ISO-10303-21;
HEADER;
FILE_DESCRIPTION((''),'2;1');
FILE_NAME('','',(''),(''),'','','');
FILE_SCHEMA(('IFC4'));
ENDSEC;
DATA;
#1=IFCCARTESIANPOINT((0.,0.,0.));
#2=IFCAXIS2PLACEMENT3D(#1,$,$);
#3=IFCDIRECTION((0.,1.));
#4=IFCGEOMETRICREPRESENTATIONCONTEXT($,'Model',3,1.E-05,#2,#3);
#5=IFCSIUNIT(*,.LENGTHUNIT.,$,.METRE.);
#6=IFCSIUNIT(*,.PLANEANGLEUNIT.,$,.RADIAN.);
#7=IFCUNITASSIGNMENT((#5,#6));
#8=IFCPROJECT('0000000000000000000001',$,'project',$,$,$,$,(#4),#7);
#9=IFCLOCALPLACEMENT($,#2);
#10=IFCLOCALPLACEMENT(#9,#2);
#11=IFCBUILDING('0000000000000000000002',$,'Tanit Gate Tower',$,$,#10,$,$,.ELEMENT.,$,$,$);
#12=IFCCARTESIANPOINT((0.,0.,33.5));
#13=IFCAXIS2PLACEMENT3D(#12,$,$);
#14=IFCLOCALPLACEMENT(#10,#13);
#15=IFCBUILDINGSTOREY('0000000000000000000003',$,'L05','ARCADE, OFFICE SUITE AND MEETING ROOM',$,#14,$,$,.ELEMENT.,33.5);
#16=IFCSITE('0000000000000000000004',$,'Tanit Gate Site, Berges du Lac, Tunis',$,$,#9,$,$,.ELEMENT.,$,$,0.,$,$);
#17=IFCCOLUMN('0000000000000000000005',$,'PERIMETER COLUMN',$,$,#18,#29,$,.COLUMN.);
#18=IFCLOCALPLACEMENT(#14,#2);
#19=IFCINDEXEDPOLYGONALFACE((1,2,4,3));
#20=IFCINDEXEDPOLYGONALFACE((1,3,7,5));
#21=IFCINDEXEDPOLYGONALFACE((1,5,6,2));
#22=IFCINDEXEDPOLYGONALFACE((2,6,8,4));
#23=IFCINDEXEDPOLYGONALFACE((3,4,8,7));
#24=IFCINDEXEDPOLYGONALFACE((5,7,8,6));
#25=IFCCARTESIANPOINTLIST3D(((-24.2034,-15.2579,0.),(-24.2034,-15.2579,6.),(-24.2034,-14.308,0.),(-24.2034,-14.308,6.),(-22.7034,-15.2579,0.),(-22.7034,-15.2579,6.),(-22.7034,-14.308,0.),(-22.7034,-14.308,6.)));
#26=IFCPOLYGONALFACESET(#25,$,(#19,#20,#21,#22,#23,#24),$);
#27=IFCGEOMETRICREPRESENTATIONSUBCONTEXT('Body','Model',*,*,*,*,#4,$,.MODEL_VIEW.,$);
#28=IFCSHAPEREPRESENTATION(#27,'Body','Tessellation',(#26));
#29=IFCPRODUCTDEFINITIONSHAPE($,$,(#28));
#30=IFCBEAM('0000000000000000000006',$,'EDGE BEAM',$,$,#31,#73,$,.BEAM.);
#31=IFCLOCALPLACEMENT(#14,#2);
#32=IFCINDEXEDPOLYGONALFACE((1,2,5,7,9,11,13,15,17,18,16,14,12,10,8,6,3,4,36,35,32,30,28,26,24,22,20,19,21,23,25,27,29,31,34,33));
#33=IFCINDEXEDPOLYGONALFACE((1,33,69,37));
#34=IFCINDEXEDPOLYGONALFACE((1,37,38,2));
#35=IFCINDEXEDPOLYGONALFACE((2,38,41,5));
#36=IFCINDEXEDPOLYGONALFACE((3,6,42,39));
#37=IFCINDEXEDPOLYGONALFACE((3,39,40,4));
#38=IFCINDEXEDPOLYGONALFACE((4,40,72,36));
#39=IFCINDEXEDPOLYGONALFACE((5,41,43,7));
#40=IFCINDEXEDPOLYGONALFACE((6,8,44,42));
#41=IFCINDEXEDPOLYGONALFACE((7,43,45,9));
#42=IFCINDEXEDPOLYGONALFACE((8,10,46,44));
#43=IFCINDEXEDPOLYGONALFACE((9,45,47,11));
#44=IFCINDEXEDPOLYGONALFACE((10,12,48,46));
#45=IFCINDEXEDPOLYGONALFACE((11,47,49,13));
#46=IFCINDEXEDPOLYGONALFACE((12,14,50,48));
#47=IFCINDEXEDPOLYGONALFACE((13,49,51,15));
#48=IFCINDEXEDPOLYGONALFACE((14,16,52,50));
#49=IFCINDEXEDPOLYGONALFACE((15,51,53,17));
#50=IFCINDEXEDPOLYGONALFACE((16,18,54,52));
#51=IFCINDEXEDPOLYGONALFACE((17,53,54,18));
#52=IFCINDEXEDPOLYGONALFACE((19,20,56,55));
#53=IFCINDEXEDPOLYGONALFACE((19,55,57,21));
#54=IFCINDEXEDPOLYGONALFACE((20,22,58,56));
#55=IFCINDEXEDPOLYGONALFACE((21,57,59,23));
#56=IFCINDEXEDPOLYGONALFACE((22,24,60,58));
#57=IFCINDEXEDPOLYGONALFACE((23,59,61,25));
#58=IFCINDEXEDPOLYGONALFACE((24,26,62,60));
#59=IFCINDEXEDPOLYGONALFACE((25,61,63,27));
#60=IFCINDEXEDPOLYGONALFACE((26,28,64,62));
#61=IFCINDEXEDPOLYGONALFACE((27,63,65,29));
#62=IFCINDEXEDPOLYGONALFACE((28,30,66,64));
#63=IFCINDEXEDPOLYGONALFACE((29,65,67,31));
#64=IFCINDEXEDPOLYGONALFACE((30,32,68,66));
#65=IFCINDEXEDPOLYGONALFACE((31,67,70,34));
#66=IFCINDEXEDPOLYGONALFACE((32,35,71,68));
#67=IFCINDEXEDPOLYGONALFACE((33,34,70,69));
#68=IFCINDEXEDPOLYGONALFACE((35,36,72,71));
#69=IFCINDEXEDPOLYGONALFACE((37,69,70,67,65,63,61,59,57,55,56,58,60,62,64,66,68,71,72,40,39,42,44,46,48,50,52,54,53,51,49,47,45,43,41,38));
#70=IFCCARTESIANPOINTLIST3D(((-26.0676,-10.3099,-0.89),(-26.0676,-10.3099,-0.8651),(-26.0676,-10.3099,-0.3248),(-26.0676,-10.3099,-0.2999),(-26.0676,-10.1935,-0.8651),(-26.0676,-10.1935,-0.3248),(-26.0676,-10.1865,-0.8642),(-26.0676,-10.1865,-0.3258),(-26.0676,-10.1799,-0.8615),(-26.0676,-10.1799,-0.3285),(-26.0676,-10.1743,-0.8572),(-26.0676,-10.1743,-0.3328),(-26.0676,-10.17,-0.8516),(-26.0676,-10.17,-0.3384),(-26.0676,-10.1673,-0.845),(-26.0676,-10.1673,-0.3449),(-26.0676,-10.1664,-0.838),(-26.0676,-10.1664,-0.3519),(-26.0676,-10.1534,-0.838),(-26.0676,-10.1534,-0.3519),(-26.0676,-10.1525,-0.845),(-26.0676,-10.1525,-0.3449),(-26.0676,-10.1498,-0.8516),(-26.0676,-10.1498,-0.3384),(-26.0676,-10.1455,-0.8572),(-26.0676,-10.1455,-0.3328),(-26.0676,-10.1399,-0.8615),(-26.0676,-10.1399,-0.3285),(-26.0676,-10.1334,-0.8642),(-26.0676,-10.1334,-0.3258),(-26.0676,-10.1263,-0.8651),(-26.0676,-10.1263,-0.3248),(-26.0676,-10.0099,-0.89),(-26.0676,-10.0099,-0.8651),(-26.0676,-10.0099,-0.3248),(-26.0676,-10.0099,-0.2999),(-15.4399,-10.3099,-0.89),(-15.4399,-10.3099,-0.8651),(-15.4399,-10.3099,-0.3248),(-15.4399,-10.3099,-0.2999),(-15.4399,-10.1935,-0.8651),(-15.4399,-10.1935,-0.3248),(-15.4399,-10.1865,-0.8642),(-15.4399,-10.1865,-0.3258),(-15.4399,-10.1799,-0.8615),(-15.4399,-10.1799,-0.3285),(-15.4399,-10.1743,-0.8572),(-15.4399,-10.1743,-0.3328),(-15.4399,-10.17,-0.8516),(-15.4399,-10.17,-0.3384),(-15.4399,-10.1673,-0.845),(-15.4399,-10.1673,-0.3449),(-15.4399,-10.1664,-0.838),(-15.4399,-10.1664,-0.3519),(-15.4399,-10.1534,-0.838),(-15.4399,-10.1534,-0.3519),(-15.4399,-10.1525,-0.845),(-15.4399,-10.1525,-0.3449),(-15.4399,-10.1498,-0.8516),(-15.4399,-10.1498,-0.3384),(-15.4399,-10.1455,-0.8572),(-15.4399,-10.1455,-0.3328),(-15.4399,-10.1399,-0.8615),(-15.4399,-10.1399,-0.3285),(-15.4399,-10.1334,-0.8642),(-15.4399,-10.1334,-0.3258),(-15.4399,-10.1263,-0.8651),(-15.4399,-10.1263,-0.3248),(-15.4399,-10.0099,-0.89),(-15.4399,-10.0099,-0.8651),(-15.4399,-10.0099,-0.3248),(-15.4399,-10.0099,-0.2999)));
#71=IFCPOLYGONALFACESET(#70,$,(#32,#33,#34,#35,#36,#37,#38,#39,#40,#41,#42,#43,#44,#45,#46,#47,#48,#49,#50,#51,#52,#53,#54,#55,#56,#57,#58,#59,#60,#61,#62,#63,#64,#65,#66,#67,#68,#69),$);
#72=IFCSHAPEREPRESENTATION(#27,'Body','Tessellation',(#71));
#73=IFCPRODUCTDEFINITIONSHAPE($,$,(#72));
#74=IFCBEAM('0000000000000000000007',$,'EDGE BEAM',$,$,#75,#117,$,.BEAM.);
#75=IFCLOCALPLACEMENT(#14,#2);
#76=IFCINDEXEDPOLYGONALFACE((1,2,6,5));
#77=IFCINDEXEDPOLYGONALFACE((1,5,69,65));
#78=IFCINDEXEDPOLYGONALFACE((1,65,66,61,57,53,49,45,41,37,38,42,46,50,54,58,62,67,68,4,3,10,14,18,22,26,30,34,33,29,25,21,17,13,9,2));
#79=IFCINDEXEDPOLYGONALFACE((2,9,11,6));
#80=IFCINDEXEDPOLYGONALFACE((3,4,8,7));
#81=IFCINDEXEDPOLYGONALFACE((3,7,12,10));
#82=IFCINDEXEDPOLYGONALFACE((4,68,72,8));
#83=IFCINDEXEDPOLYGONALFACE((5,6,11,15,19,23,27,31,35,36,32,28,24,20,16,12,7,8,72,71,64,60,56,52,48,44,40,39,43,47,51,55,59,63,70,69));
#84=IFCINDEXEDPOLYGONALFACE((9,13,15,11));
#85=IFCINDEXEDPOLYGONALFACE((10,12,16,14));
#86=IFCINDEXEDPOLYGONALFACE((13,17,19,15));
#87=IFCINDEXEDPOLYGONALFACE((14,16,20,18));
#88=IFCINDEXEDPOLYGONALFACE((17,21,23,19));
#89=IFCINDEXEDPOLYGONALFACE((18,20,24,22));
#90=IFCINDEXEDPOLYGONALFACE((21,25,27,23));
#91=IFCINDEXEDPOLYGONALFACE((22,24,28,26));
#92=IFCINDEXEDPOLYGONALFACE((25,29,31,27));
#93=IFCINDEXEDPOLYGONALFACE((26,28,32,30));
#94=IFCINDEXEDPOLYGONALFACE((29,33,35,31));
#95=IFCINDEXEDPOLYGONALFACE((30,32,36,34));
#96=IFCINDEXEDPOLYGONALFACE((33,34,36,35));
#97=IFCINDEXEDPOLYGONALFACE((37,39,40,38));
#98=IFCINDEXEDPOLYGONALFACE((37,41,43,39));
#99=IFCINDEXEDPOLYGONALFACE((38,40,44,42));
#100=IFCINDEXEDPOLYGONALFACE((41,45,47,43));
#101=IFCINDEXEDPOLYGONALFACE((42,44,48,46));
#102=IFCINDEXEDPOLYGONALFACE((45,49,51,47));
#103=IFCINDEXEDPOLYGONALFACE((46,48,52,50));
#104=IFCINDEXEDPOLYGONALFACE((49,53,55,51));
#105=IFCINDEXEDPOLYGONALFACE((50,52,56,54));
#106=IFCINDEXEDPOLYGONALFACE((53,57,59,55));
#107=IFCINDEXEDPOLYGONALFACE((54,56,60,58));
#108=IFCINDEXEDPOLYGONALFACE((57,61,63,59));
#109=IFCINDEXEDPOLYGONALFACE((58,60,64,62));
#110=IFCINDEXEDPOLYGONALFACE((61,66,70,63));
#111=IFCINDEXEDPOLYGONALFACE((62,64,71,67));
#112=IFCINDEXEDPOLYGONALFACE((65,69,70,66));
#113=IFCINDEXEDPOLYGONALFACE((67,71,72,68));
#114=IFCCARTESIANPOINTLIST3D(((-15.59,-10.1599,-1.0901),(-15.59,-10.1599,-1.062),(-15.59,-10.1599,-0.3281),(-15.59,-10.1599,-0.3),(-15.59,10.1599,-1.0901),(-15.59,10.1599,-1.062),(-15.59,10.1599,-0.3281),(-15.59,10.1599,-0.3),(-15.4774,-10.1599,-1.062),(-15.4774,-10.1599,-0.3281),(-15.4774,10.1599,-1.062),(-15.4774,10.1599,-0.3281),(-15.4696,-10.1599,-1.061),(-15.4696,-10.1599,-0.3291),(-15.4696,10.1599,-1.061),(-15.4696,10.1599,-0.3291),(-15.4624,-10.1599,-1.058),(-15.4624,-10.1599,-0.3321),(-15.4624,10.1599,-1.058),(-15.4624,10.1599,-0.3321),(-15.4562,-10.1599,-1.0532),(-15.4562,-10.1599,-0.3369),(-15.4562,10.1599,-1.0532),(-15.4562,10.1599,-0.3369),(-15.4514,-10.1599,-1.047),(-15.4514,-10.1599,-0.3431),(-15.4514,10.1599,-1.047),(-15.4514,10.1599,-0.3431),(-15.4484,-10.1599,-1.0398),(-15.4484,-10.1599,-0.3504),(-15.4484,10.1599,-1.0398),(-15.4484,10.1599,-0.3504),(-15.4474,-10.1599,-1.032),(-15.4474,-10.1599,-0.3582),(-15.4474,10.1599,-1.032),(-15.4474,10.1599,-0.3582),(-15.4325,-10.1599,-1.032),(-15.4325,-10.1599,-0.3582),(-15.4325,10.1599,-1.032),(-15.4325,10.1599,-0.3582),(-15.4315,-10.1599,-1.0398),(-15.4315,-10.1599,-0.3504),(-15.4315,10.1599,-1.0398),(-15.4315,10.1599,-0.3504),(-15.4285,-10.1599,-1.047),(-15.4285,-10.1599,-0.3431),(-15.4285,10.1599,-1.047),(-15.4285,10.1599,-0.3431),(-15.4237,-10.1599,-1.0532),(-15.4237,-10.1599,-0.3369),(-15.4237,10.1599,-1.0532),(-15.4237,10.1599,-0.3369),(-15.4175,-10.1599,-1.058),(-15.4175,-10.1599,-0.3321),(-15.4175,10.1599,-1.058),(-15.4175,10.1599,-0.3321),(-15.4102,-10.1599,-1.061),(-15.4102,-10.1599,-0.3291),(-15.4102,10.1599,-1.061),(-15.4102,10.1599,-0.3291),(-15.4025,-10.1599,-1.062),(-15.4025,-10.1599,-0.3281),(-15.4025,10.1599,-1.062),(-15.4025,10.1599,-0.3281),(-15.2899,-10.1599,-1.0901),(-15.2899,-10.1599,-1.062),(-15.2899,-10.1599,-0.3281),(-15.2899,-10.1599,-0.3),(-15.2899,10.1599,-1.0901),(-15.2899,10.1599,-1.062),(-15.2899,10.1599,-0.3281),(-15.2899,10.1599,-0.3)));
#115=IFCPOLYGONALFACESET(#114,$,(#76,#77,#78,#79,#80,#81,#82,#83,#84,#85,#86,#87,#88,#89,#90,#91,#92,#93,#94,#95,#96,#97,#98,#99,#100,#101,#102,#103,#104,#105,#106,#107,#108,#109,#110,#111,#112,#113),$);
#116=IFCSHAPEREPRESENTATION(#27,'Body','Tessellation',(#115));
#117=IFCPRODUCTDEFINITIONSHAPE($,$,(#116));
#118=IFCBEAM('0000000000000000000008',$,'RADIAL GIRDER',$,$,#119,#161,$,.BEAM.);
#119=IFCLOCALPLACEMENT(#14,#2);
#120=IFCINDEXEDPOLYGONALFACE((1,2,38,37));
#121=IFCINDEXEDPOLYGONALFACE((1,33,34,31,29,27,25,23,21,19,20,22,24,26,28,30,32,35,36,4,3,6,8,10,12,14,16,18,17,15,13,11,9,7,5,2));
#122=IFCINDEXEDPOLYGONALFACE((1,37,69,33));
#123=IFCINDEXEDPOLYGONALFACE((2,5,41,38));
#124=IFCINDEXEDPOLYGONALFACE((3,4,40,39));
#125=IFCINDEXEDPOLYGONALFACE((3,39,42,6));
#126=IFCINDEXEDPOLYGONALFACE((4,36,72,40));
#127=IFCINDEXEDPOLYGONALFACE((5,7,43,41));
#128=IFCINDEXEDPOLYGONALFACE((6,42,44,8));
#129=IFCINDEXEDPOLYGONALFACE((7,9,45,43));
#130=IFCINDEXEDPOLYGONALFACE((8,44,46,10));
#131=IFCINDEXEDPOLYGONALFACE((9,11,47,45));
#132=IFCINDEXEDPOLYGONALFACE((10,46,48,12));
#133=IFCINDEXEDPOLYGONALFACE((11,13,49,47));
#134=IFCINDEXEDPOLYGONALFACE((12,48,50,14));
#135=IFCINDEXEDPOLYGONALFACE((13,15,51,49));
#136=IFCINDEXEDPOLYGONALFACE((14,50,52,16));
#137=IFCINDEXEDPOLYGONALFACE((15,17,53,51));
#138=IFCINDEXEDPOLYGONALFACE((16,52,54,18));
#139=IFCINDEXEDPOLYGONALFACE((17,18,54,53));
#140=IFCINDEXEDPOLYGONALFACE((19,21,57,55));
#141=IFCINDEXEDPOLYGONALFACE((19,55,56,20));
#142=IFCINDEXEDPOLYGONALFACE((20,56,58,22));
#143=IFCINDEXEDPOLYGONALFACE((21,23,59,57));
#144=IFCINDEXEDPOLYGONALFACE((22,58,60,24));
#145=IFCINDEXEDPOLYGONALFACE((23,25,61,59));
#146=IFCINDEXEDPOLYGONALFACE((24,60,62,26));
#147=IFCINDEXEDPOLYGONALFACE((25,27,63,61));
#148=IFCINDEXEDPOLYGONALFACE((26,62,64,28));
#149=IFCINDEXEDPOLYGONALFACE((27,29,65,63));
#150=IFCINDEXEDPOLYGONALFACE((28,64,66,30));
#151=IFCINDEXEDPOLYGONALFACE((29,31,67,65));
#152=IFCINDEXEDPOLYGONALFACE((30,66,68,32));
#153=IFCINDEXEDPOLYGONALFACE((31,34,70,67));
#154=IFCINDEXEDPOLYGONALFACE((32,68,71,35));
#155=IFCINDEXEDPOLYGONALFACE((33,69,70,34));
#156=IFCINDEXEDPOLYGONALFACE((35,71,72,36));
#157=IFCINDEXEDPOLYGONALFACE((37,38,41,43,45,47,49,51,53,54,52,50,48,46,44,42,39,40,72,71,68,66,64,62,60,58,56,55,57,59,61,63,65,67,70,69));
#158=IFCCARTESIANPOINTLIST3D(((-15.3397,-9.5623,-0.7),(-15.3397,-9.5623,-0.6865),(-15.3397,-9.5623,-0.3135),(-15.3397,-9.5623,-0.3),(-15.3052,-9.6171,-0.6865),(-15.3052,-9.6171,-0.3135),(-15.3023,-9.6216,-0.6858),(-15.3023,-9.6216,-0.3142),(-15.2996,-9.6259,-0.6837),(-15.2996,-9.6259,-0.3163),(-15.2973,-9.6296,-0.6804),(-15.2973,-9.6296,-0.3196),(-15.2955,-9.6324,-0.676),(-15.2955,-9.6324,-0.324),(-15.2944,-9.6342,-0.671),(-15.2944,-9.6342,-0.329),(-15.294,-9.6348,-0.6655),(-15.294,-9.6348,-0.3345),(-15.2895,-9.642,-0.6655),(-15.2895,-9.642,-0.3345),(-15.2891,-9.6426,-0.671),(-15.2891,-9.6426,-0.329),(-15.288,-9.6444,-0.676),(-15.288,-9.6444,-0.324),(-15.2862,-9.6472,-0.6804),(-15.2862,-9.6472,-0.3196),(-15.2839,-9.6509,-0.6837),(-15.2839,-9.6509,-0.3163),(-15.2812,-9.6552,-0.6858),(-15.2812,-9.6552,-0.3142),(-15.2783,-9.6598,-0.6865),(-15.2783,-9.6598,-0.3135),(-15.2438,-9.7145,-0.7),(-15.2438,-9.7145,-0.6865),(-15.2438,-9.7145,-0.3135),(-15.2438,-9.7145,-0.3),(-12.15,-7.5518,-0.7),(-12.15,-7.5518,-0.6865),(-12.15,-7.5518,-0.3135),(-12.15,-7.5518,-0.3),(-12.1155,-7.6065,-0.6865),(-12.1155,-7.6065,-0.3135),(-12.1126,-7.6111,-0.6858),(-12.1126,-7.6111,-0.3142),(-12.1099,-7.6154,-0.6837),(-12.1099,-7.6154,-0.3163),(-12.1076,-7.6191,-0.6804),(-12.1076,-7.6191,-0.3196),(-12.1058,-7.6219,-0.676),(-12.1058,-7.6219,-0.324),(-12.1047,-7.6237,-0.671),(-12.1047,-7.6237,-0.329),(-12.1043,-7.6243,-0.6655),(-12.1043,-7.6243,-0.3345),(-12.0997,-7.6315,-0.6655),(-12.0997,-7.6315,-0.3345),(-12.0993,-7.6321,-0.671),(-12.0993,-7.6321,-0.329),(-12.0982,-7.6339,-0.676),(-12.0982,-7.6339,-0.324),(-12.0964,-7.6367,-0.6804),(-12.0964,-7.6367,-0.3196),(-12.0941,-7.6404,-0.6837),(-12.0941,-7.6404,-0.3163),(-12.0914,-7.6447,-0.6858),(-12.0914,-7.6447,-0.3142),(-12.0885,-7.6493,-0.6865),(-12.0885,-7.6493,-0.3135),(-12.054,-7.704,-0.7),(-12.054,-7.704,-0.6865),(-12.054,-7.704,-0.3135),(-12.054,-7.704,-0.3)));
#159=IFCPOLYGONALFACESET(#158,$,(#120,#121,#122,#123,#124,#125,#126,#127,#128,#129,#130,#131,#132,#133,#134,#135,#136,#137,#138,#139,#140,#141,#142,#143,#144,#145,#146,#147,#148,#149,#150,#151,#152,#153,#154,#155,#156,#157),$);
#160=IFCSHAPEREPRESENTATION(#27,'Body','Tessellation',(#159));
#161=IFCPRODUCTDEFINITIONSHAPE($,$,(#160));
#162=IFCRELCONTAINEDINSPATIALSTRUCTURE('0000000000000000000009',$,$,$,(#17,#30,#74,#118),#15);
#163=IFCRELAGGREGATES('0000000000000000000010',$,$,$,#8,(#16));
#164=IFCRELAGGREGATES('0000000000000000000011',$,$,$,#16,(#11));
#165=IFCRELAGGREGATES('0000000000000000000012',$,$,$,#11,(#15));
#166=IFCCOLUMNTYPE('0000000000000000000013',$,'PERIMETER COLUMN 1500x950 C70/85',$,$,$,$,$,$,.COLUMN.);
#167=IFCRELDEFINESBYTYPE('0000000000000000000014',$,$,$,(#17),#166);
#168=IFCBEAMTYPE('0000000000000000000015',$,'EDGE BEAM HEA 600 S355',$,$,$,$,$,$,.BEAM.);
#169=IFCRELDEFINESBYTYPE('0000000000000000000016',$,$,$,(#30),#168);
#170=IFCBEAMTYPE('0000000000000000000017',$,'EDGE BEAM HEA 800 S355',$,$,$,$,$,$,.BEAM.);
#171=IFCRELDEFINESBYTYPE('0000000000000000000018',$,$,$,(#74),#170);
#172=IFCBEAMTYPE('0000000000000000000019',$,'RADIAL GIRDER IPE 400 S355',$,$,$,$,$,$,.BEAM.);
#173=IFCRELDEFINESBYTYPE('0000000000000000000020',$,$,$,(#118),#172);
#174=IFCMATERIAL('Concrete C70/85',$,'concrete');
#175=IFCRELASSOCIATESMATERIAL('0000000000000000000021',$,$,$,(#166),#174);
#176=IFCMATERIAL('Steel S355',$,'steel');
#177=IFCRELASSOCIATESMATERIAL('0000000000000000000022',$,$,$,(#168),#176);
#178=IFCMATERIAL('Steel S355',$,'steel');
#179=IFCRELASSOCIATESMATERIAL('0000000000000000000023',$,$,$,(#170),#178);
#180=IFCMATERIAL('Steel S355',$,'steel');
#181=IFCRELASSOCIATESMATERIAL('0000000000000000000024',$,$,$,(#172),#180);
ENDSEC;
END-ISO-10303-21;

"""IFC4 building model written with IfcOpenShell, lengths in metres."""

from ifc_helpers import new_model, si_unit, direction, frame, origin, origin_2d, place, context, subcontext, project, spatial, rectangle, i_section, extrude, material, material_profile, profile_set, type_object, element, save


model = new_model("IFC4")

# Units and contexts
model_context = context("Model", 3, precision=1e-05, world=origin(), true_north=direction((0.0, 1.0)))
body_context = subcontext(model_context, "Body", "Model", "MODEL_VIEW")
ifc_project = project(units=[si_unit("LENGTHUNIT", "METRE"), si_unit("PLANEANGLEUNIT", "RADIAN")], contexts=[model_context])

# Site, building, storey
site_placement = place(None, origin())
site = spatial("IfcSite", under=ifc_project, at=site_placement, Name="Tanit Gate Site, Berges du Lac, Tunis", CompositionType="ELEMENT", RefElevation=0.0)
building_placement = place(site_placement, origin())
building = spatial("IfcBuilding", under=site, at=building_placement, Name="Tanit Gate Tower", CompositionType="ELEMENT")
storey_placement = place(building_placement, frame((0.0, 0.0, 33.5)))
storey = spatial("IfcBuildingStorey", under=building, at=storey_placement, Name="L05", Description="ARCADE, OFFICE SUITE AND MEETING ROOM", CompositionType="ELEMENT", Elevation=33.5)

# Column
ifc_material_1 = material(Name="Concrete C70/85", Category="concrete")
ifc_material_profile_1 = material_profile(ifc_material_1, rectangle(XDim=1.5, YDim=0.95, at=origin_2d()), Name="RC 1500x950")
ifc_profile_set_1 = profile_set([ifc_material_profile_1], Name="Concrete C70/85")
column_type = type_object("IfcColumnType", Name="PERIMETER COLUMN 1500x950 C70/85", PredefinedType="COLUMN", material=ifc_profile_set_1)
column_placement = place(storey_placement, frame((-23.4534, -14.783, 0.0), z_axis=(0.0, 0.0, 1.0), x_axis=(-1.0, 0.0, 0.0)))
element("IfcColumn", 1, at=column_placement, inside=storey, type_object=column_type, Name="PERIMETER COLUMN", PredefinedType="COLUMN", context=body_context, shape_type="SweptSolid", body=[
    extrude(rectangle(XDim=1.5, YDim=0.95, at=origin_2d()), origin(), (0.0, 0.0, 1.0), 6.0),
])

# Beams
ifc_material_2 = material(Name="Steel S355", Category="steel")
ifc_material_profile_2 = material_profile(ifc_material_2, i_section(OverallWidth=0.3, OverallDepth=0.5901, WebThickness=0.0129, FlangeThickness=0.0249, FilletRadius=0.0271, at=origin_2d()), Name="HEA 600")
ifc_profile_set_2 = profile_set([ifc_material_profile_2], Name="Steel S355")
beam_type_1 = type_object("IfcBeamType", Name="EDGE BEAM HEA 600 S355", PredefinedType="BEAM", material=ifc_profile_set_2)
beam_1_placement = place(storey_placement, frame((-26.0676, -10.1599, -0.595), z_axis=(1.0, 0.0, 0.0), x_axis=(0.0, 1.0, 0.0)))
element("IfcBeam", 2, at=beam_1_placement, inside=storey, type_object=beam_type_1, Name="EDGE BEAM", PredefinedType="BEAM", context=body_context, shape_type="SweptSolid", body=[
    extrude(i_section(OverallWidth=0.3, OverallDepth=0.5901, WebThickness=0.0129, FlangeThickness=0.0249, FilletRadius=0.0271, at=origin_2d()), origin(), (0.0, 0.0, 1.0), 10.6277),
])
ifc_material_3 = material(Name="Steel S355", Category="steel")
ifc_material_profile_3 = material_profile(ifc_material_3, i_section(OverallWidth=0.3, OverallDepth=0.79, WebThickness=0.0149, FlangeThickness=0.0281, FilletRadius=0.03, at=origin_2d()), Name="HEA 800")
ifc_profile_set_3 = profile_set([ifc_material_profile_3], Name="Steel S355")
beam_type_2 = type_object("IfcBeamType", Name="EDGE BEAM HEA 800 S355", PredefinedType="BEAM", material=ifc_profile_set_3)
beam_2_placement = place(storey_placement, frame((-15.4399, -10.1599, -0.6951), z_axis=(0.0, 1.0, 0.0), x_axis=(-1.0, 0.0, 0.0)))
element("IfcBeam", 3, at=beam_2_placement, inside=storey, type_object=beam_type_2, Name="EDGE BEAM", PredefinedType="BEAM", context=body_context, shape_type="SweptSolid", body=[
    extrude(i_section(OverallWidth=0.3, OverallDepth=0.79, WebThickness=0.0149, FlangeThickness=0.0281, FilletRadius=0.03, at=origin_2d()), origin(), (0.0, 0.0, 1.0), 20.3198),
])
ifc_material_4 = material(Name="Steel S355", Category="steel")
ifc_material_profile_4 = material_profile(ifc_material_4, i_section(OverallWidth=0.1799, OverallDepth=0.3999, WebThickness=0.0085, FlangeThickness=0.0134, FilletRadius=0.021, at=origin_2d()), Name="IPE 400")
ifc_profile_set_4 = profile_set([ifc_material_profile_4], Name="Steel S355")
beam_type_3 = type_object("IfcBeamType", Name="RADIAL GIRDER IPE 400 S355", PredefinedType="BEAM", material=ifc_profile_set_4)
beam_3_placement = place(storey_placement, frame((-15.2917, -9.6384, -0.5), z_axis=(0.845973, 0.533225, 0.0), x_axis=(-0.533225, 0.845973, 0.0)))
element("IfcBeam", 4, at=beam_3_placement, inside=storey, type_object=beam_type_3, Name="RADIAL GIRDER", PredefinedType="BEAM", context=body_context, shape_type="SweptSolid", body=[
    extrude(i_section(OverallWidth=0.1799, OverallDepth=0.3999, WebThickness=0.0085, FlangeThickness=0.0134, FilletRadius=0.021, at=origin_2d()), origin(), (0.0, 0.0, 1.0), 3.7705),
])

save(model, "model.ifc")
